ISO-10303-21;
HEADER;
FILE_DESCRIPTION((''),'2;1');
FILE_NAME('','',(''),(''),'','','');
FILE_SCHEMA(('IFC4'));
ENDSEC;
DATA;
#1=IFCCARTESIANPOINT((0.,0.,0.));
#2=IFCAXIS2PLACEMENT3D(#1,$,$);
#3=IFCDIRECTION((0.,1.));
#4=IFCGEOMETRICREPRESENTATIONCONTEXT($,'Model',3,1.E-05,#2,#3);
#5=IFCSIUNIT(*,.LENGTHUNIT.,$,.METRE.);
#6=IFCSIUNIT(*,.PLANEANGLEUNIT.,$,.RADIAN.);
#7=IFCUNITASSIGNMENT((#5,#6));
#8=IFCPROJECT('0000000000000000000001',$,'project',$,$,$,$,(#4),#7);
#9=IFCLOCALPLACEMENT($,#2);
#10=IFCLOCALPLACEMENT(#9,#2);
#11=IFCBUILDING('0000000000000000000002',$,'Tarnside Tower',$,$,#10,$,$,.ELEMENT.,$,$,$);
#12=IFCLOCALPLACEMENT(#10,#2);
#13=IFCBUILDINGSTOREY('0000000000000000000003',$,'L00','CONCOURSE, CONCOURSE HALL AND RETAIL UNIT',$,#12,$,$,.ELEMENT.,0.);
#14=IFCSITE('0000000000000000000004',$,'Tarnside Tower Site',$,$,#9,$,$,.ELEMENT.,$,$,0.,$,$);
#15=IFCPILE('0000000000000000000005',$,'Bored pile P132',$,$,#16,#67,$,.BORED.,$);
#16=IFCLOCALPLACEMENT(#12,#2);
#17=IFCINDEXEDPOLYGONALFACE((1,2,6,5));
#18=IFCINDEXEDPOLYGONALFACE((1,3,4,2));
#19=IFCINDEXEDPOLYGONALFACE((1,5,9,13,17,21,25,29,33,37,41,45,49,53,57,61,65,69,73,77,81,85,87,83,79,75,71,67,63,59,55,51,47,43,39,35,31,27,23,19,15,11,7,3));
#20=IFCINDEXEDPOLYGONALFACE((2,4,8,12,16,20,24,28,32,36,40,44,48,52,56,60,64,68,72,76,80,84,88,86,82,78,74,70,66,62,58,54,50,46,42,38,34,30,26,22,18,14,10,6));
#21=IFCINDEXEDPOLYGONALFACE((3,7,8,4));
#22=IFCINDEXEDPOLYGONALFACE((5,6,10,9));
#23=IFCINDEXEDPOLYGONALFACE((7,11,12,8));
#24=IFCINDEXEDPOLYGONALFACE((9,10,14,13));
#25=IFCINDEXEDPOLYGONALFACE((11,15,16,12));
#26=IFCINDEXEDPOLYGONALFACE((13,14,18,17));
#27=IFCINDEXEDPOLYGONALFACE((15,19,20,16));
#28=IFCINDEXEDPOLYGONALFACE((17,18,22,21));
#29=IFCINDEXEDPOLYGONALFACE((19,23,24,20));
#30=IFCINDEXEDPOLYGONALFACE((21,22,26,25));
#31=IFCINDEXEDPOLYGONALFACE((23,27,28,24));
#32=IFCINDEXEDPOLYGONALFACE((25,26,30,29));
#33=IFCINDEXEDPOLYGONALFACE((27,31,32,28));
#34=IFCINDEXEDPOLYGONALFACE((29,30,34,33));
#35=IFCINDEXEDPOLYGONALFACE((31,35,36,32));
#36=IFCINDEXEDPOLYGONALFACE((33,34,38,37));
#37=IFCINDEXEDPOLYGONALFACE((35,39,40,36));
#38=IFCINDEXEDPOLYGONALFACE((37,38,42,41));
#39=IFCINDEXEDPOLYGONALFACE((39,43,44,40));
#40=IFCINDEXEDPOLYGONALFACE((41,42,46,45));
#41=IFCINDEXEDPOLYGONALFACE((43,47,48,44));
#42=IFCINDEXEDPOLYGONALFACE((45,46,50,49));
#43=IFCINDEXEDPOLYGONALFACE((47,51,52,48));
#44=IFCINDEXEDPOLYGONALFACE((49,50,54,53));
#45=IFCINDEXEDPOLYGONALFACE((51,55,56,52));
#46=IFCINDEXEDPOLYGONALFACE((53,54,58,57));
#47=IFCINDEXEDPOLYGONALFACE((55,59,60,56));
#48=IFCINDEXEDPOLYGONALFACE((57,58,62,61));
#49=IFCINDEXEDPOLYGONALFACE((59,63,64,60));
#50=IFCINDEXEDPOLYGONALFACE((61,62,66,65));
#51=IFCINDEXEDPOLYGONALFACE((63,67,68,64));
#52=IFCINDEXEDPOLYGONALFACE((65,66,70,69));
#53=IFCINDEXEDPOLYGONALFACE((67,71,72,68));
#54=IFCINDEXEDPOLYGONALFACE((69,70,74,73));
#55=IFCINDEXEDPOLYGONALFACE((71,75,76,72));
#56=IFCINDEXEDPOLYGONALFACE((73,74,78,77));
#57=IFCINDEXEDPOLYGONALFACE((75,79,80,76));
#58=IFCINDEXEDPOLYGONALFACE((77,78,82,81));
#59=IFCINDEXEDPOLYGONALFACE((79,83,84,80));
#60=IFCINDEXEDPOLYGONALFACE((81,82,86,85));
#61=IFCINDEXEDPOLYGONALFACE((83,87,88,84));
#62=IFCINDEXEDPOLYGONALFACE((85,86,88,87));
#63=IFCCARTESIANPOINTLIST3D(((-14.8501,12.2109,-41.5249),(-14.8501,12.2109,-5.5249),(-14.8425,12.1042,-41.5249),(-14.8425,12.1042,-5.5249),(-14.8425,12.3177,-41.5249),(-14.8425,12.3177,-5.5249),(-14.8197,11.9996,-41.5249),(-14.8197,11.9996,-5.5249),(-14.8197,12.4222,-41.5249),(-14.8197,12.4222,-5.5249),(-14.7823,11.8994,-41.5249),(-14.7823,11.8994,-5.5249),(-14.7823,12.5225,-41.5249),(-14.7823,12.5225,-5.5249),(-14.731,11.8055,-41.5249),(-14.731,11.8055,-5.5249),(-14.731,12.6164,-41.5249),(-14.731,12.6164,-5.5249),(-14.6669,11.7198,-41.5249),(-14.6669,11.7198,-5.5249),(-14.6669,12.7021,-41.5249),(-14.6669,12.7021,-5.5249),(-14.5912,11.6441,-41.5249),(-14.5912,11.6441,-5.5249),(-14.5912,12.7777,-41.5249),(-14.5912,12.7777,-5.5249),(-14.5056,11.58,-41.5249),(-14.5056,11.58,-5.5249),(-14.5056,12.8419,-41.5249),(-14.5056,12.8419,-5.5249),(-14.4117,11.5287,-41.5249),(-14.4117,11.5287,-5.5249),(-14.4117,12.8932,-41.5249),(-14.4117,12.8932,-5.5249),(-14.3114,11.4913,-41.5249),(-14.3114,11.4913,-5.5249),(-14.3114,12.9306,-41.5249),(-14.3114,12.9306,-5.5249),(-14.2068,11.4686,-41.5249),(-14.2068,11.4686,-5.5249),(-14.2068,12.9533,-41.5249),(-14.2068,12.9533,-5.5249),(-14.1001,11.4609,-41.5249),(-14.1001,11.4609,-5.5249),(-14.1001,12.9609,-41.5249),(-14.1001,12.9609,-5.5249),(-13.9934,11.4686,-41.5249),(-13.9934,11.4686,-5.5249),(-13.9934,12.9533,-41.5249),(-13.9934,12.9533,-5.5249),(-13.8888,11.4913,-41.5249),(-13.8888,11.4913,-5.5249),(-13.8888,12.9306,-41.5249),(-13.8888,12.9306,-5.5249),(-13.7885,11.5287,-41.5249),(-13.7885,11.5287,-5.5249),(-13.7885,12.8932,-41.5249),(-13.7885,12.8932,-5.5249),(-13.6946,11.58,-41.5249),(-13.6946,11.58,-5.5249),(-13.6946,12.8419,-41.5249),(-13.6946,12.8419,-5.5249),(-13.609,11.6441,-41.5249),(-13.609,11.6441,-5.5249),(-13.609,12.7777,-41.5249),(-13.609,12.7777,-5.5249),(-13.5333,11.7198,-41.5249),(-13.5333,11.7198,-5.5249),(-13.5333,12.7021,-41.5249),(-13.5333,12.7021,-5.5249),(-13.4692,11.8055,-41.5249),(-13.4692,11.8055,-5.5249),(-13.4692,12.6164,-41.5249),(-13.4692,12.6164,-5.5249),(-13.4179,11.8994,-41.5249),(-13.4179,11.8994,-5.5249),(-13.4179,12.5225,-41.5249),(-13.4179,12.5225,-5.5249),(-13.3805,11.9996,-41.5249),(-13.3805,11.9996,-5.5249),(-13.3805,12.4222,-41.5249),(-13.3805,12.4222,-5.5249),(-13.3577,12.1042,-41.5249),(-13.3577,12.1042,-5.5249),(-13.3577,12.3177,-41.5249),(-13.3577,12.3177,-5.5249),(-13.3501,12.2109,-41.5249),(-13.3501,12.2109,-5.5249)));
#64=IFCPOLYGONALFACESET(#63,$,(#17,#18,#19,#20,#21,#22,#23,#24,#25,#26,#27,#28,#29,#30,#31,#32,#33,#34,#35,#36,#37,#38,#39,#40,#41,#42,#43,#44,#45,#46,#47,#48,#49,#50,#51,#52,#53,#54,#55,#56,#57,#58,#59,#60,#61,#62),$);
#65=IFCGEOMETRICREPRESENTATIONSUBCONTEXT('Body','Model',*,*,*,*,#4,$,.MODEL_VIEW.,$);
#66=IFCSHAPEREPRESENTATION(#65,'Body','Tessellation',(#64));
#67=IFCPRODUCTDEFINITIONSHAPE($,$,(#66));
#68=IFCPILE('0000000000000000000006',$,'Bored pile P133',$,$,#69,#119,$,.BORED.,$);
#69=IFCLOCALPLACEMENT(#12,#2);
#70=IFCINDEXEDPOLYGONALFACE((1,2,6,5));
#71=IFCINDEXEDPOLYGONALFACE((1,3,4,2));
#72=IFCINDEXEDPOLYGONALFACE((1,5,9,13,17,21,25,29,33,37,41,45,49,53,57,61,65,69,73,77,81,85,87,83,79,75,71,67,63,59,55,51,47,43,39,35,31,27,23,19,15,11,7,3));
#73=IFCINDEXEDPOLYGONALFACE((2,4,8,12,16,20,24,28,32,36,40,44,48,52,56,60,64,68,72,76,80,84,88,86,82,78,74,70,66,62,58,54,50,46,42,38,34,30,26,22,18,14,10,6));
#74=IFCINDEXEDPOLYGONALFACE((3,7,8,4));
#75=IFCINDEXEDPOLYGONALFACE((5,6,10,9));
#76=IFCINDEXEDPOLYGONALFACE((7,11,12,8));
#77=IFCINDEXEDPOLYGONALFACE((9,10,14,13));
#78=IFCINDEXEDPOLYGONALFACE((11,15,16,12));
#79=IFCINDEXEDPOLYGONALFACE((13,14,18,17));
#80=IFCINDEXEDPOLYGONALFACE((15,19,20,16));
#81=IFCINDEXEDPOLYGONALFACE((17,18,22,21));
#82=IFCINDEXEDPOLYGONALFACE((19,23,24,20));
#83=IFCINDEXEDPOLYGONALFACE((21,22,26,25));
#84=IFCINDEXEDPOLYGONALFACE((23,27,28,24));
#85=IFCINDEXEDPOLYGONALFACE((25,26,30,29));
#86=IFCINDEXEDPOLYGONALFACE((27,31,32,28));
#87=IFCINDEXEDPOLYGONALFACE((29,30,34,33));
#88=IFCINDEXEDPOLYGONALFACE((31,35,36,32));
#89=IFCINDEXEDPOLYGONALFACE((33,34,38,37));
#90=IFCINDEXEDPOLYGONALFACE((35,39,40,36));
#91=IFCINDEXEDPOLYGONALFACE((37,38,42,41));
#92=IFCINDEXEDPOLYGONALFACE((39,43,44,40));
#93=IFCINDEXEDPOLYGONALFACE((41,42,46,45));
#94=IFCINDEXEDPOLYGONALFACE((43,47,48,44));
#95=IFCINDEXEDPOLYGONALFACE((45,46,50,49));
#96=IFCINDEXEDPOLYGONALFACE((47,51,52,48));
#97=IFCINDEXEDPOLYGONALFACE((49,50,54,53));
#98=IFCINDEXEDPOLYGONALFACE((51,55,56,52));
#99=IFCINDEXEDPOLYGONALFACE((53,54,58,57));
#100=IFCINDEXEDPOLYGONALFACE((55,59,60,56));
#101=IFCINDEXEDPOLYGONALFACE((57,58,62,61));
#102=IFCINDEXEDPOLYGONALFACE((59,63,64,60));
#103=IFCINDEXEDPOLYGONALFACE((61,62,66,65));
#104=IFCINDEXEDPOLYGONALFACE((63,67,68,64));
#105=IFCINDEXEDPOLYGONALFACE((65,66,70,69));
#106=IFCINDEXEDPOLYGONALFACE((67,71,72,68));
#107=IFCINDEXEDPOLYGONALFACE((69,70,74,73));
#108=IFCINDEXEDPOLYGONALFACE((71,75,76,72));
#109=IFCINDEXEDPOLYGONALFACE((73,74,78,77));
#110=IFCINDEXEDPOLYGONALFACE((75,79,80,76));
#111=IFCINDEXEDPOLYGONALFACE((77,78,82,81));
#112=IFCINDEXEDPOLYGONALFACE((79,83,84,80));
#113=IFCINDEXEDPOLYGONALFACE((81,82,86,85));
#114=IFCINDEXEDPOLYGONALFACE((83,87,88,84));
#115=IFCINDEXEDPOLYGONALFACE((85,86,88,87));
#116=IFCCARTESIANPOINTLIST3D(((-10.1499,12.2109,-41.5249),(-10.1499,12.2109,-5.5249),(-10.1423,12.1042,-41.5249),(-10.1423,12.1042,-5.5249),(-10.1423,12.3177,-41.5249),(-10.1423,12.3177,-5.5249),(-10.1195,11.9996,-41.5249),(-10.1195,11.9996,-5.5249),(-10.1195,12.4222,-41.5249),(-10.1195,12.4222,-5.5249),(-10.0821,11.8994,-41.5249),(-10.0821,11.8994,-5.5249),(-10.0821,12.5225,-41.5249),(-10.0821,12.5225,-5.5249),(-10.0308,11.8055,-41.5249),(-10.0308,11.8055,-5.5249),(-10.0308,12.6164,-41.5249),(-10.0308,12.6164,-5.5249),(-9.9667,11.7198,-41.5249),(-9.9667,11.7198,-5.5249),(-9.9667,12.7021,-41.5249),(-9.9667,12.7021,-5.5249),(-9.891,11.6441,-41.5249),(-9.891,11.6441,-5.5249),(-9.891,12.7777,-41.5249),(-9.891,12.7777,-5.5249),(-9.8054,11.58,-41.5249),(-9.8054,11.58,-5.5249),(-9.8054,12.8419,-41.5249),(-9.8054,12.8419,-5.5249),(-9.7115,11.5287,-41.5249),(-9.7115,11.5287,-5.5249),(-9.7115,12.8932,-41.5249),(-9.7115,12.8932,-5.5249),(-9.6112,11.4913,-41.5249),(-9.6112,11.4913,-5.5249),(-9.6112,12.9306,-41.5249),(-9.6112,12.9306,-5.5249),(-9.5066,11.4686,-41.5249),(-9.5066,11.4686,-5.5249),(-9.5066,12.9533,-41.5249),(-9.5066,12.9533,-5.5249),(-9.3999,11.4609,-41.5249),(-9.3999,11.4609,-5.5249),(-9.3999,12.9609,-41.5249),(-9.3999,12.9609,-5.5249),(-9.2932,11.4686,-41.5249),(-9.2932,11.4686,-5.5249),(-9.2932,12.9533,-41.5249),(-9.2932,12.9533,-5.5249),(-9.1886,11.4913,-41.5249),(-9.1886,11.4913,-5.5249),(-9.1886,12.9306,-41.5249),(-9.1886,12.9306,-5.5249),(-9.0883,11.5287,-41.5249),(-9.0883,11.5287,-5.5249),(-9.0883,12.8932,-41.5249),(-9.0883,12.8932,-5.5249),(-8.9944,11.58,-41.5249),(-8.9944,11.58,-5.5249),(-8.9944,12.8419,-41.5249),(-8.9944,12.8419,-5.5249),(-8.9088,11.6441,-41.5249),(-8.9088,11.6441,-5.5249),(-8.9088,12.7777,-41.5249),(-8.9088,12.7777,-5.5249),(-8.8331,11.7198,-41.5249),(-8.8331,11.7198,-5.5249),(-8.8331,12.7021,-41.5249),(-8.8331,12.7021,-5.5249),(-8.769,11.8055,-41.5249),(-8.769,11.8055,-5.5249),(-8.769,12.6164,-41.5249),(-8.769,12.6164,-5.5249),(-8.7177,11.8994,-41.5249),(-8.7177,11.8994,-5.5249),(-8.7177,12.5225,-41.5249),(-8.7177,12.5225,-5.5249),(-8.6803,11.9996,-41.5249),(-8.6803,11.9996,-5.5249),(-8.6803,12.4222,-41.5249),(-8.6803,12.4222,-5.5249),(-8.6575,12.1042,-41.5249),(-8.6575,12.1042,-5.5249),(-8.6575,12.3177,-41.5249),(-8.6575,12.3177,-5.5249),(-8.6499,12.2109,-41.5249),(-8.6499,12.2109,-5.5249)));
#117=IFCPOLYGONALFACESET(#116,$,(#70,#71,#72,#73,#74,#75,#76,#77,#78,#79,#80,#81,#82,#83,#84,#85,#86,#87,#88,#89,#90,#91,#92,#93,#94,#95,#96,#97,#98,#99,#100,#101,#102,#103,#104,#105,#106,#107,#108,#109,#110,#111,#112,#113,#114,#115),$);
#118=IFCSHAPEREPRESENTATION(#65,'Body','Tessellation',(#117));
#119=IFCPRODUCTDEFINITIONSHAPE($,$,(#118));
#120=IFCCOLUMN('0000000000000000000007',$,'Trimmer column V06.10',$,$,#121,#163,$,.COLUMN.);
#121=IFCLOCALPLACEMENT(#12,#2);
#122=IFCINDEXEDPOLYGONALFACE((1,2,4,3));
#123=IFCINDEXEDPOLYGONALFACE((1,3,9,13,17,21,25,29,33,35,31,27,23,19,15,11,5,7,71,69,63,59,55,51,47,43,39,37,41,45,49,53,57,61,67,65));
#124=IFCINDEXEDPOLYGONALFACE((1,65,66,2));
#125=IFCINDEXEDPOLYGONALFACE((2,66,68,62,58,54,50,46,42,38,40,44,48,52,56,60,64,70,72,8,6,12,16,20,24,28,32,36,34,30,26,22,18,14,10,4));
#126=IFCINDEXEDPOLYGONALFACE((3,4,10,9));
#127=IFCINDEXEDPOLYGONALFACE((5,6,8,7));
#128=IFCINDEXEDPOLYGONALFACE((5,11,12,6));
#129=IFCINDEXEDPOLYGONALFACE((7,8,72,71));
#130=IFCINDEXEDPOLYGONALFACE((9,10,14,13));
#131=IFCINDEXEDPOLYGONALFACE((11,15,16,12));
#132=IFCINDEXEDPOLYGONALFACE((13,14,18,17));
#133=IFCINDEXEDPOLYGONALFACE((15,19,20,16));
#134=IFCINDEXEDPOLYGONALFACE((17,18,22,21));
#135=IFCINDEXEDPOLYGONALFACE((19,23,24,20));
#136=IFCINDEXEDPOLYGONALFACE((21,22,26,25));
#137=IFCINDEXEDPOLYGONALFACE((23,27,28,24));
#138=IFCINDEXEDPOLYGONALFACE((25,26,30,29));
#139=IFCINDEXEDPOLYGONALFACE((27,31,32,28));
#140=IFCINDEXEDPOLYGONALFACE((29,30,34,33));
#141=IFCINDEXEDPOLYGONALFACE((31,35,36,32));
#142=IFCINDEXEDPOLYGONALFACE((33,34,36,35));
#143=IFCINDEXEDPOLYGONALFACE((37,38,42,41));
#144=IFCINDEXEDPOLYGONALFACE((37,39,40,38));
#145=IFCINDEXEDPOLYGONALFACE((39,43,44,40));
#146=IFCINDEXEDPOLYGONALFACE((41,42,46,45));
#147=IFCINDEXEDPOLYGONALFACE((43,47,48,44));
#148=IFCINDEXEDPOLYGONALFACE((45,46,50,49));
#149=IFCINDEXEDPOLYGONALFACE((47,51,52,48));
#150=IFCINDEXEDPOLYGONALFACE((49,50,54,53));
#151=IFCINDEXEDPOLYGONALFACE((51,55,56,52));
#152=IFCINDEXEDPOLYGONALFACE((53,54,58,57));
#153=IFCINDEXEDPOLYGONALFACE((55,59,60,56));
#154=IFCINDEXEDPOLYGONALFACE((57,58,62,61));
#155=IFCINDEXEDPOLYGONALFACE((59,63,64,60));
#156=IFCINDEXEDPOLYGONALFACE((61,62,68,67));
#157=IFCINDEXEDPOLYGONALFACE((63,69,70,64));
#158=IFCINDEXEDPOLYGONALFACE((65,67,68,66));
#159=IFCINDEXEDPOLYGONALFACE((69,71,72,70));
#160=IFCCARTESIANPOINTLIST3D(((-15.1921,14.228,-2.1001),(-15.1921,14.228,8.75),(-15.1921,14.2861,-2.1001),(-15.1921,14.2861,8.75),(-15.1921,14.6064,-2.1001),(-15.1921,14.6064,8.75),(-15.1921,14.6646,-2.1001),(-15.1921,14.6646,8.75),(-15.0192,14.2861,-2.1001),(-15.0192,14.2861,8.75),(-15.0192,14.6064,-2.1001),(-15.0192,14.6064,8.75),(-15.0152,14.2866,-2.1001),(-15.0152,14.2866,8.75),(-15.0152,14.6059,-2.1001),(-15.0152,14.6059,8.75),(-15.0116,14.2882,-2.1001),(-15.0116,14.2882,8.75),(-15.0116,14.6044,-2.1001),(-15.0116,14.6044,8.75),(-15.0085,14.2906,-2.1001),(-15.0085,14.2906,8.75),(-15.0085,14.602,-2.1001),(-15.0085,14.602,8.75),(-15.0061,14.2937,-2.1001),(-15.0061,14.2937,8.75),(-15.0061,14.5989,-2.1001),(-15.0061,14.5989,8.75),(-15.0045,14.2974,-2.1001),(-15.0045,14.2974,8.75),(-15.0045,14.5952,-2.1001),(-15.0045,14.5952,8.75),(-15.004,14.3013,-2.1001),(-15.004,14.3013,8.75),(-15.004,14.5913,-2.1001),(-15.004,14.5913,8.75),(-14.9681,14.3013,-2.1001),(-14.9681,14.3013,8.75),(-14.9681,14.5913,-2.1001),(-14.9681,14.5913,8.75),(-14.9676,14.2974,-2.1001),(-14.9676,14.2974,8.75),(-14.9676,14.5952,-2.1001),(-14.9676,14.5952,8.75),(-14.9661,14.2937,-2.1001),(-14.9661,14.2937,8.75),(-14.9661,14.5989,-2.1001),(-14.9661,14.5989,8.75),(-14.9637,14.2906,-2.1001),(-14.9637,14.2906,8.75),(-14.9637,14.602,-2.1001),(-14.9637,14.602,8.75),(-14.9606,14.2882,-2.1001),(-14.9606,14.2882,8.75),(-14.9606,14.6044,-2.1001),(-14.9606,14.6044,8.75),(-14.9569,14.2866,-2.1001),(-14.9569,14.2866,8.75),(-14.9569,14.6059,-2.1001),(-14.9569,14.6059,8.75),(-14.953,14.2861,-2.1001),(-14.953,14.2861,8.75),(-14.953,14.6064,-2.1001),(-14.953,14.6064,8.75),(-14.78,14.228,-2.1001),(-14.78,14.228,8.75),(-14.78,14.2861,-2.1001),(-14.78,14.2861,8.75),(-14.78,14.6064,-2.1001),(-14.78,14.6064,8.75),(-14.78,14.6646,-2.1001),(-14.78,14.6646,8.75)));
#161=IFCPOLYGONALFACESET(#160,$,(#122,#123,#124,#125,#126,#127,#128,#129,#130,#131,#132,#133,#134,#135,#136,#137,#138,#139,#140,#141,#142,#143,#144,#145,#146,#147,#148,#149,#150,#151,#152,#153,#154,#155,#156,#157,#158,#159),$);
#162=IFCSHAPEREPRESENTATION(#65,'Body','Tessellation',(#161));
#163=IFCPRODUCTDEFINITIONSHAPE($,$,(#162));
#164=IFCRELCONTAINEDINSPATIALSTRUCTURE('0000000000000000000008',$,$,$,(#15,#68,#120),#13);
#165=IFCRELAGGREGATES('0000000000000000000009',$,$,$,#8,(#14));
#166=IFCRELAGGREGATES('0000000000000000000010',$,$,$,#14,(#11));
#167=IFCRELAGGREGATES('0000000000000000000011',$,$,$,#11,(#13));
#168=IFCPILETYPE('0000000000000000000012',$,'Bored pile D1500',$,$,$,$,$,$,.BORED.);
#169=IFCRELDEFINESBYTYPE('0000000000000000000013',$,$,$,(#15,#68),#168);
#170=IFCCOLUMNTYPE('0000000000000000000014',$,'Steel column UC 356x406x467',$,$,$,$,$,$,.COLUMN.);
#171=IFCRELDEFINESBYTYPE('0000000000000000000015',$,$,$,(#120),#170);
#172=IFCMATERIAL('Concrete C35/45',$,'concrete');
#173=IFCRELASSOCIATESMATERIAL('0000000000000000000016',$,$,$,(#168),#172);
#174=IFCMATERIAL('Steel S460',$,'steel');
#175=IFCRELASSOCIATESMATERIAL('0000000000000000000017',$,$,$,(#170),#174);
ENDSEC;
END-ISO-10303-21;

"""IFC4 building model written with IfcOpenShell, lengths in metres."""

from ifc_helpers import new_model, si_unit, direction, frame, origin, origin_2d, place, context, subcontext, project, spatial, circle, i_section, extrude, material, material_profile, profile_set, type_object, element, save


model = new_model("IFC4")

# Units and contexts
model_context = context("Model", 3, precision=1e-05, world=origin(), true_north=direction((0.0, 1.0)))
body_context = subcontext(model_context, "Body", "Model", "MODEL_VIEW")
ifc_project = project(units=[si_unit("LENGTHUNIT", "METRE"), si_unit("PLANEANGLEUNIT", "RADIAN")], contexts=[model_context])

# Site, building, storey
site_placement = place(None, origin())
site = spatial("IfcSite", under=ifc_project, at=site_placement, Name="Tarnside Tower Site", CompositionType="ELEMENT", RefElevation=0.0)
building_placement = place(site_placement, origin())
building = spatial("IfcBuilding", under=site, at=building_placement, Name="Tarnside Tower", CompositionType="ELEMENT")
storey_placement = place(building_placement, origin())
storey = spatial("IfcBuildingStorey", under=building, at=storey_placement, Name="L00", Description="CONCOURSE, CONCOURSE HALL AND RETAIL UNIT", CompositionType="ELEMENT", Elevation=0.0)

# Piles
ifc_material_1 = material(Name="Concrete C35/45", Category="concrete")
ifc_material_profile_1 = material_profile(ifc_material_1, circle(Radius=0.75, at=origin_2d()), Name="Bored pile D1500")
ifc_profile_set_1 = profile_set([ifc_material_profile_1], Name="Concrete C35/45")
pile_type = type_object("IfcPileType", Name="Bored pile D1500", PredefinedType="BORED", material=ifc_profile_set_1)
for number, where, z_axis, x_axis, name in (
    (1, (-14.1001, 12.2109, -5.5249), (0.0, 0.0, -1.0), (1.0, 0.0, 0.0), "Bored pile P132"),
    (2, (-9.3999, 12.2109, -5.5249), (0.0, 0.0, -1.0), (1.0, 0.0, 0.0), "Bored pile P133"),
):
    element("IfcPile", number, at=place(storey_placement, frame(where, z_axis=z_axis, x_axis=x_axis)), inside=storey, type_object=pile_type, Name=name, PredefinedType="BORED", context=body_context, shape_type="SweptSolid", body=[
        extrude(circle(Radius=0.75, at=origin_2d()), origin(), (0.0, 0.0, 1.0), 36.0),
    ])

# Column
ifc_material_2 = material(Name="Steel S460", Category="steel")
ifc_material_profile_2 = material_profile(ifc_material_2, i_section(OverallWidth=0.4121, OverallDepth=0.4365, WebThickness=0.0359, FlangeThickness=0.0581, FilletRadius=0.0151, at=origin_2d()), Name="UC 356x406x467")
ifc_profile_set_2 = profile_set([ifc_material_profile_2], Name="Steel S460")
column_type = type_object("IfcColumnType", Name="Steel column UC 356x406x467", PredefinedType="COLUMN", material=ifc_profile_set_2)
for number, where, z_axis, x_axis, name in (
    (3, (-14.9861, 14.4463, -2.1001), (0.0, 0.0, 1.0), (1.0, 0.0, 0.0), "Trimmer column V06.10"),
):
    element("IfcColumn", number, at=place(storey_placement, frame(where, z_axis=z_axis, x_axis=x_axis)), inside=storey, type_object=column_type, Name=name, PredefinedType="COLUMN", context=body_context, shape_type="SweptSolid", body=[
        extrude(i_section(OverallWidth=0.4121, OverallDepth=0.4365, WebThickness=0.0359, FlangeThickness=0.0581, FilletRadius=0.0151, at=origin_2d()), origin(), (0.0, 0.0, 1.0), 10.8501),
    ])

save(model, "model.ifc")
